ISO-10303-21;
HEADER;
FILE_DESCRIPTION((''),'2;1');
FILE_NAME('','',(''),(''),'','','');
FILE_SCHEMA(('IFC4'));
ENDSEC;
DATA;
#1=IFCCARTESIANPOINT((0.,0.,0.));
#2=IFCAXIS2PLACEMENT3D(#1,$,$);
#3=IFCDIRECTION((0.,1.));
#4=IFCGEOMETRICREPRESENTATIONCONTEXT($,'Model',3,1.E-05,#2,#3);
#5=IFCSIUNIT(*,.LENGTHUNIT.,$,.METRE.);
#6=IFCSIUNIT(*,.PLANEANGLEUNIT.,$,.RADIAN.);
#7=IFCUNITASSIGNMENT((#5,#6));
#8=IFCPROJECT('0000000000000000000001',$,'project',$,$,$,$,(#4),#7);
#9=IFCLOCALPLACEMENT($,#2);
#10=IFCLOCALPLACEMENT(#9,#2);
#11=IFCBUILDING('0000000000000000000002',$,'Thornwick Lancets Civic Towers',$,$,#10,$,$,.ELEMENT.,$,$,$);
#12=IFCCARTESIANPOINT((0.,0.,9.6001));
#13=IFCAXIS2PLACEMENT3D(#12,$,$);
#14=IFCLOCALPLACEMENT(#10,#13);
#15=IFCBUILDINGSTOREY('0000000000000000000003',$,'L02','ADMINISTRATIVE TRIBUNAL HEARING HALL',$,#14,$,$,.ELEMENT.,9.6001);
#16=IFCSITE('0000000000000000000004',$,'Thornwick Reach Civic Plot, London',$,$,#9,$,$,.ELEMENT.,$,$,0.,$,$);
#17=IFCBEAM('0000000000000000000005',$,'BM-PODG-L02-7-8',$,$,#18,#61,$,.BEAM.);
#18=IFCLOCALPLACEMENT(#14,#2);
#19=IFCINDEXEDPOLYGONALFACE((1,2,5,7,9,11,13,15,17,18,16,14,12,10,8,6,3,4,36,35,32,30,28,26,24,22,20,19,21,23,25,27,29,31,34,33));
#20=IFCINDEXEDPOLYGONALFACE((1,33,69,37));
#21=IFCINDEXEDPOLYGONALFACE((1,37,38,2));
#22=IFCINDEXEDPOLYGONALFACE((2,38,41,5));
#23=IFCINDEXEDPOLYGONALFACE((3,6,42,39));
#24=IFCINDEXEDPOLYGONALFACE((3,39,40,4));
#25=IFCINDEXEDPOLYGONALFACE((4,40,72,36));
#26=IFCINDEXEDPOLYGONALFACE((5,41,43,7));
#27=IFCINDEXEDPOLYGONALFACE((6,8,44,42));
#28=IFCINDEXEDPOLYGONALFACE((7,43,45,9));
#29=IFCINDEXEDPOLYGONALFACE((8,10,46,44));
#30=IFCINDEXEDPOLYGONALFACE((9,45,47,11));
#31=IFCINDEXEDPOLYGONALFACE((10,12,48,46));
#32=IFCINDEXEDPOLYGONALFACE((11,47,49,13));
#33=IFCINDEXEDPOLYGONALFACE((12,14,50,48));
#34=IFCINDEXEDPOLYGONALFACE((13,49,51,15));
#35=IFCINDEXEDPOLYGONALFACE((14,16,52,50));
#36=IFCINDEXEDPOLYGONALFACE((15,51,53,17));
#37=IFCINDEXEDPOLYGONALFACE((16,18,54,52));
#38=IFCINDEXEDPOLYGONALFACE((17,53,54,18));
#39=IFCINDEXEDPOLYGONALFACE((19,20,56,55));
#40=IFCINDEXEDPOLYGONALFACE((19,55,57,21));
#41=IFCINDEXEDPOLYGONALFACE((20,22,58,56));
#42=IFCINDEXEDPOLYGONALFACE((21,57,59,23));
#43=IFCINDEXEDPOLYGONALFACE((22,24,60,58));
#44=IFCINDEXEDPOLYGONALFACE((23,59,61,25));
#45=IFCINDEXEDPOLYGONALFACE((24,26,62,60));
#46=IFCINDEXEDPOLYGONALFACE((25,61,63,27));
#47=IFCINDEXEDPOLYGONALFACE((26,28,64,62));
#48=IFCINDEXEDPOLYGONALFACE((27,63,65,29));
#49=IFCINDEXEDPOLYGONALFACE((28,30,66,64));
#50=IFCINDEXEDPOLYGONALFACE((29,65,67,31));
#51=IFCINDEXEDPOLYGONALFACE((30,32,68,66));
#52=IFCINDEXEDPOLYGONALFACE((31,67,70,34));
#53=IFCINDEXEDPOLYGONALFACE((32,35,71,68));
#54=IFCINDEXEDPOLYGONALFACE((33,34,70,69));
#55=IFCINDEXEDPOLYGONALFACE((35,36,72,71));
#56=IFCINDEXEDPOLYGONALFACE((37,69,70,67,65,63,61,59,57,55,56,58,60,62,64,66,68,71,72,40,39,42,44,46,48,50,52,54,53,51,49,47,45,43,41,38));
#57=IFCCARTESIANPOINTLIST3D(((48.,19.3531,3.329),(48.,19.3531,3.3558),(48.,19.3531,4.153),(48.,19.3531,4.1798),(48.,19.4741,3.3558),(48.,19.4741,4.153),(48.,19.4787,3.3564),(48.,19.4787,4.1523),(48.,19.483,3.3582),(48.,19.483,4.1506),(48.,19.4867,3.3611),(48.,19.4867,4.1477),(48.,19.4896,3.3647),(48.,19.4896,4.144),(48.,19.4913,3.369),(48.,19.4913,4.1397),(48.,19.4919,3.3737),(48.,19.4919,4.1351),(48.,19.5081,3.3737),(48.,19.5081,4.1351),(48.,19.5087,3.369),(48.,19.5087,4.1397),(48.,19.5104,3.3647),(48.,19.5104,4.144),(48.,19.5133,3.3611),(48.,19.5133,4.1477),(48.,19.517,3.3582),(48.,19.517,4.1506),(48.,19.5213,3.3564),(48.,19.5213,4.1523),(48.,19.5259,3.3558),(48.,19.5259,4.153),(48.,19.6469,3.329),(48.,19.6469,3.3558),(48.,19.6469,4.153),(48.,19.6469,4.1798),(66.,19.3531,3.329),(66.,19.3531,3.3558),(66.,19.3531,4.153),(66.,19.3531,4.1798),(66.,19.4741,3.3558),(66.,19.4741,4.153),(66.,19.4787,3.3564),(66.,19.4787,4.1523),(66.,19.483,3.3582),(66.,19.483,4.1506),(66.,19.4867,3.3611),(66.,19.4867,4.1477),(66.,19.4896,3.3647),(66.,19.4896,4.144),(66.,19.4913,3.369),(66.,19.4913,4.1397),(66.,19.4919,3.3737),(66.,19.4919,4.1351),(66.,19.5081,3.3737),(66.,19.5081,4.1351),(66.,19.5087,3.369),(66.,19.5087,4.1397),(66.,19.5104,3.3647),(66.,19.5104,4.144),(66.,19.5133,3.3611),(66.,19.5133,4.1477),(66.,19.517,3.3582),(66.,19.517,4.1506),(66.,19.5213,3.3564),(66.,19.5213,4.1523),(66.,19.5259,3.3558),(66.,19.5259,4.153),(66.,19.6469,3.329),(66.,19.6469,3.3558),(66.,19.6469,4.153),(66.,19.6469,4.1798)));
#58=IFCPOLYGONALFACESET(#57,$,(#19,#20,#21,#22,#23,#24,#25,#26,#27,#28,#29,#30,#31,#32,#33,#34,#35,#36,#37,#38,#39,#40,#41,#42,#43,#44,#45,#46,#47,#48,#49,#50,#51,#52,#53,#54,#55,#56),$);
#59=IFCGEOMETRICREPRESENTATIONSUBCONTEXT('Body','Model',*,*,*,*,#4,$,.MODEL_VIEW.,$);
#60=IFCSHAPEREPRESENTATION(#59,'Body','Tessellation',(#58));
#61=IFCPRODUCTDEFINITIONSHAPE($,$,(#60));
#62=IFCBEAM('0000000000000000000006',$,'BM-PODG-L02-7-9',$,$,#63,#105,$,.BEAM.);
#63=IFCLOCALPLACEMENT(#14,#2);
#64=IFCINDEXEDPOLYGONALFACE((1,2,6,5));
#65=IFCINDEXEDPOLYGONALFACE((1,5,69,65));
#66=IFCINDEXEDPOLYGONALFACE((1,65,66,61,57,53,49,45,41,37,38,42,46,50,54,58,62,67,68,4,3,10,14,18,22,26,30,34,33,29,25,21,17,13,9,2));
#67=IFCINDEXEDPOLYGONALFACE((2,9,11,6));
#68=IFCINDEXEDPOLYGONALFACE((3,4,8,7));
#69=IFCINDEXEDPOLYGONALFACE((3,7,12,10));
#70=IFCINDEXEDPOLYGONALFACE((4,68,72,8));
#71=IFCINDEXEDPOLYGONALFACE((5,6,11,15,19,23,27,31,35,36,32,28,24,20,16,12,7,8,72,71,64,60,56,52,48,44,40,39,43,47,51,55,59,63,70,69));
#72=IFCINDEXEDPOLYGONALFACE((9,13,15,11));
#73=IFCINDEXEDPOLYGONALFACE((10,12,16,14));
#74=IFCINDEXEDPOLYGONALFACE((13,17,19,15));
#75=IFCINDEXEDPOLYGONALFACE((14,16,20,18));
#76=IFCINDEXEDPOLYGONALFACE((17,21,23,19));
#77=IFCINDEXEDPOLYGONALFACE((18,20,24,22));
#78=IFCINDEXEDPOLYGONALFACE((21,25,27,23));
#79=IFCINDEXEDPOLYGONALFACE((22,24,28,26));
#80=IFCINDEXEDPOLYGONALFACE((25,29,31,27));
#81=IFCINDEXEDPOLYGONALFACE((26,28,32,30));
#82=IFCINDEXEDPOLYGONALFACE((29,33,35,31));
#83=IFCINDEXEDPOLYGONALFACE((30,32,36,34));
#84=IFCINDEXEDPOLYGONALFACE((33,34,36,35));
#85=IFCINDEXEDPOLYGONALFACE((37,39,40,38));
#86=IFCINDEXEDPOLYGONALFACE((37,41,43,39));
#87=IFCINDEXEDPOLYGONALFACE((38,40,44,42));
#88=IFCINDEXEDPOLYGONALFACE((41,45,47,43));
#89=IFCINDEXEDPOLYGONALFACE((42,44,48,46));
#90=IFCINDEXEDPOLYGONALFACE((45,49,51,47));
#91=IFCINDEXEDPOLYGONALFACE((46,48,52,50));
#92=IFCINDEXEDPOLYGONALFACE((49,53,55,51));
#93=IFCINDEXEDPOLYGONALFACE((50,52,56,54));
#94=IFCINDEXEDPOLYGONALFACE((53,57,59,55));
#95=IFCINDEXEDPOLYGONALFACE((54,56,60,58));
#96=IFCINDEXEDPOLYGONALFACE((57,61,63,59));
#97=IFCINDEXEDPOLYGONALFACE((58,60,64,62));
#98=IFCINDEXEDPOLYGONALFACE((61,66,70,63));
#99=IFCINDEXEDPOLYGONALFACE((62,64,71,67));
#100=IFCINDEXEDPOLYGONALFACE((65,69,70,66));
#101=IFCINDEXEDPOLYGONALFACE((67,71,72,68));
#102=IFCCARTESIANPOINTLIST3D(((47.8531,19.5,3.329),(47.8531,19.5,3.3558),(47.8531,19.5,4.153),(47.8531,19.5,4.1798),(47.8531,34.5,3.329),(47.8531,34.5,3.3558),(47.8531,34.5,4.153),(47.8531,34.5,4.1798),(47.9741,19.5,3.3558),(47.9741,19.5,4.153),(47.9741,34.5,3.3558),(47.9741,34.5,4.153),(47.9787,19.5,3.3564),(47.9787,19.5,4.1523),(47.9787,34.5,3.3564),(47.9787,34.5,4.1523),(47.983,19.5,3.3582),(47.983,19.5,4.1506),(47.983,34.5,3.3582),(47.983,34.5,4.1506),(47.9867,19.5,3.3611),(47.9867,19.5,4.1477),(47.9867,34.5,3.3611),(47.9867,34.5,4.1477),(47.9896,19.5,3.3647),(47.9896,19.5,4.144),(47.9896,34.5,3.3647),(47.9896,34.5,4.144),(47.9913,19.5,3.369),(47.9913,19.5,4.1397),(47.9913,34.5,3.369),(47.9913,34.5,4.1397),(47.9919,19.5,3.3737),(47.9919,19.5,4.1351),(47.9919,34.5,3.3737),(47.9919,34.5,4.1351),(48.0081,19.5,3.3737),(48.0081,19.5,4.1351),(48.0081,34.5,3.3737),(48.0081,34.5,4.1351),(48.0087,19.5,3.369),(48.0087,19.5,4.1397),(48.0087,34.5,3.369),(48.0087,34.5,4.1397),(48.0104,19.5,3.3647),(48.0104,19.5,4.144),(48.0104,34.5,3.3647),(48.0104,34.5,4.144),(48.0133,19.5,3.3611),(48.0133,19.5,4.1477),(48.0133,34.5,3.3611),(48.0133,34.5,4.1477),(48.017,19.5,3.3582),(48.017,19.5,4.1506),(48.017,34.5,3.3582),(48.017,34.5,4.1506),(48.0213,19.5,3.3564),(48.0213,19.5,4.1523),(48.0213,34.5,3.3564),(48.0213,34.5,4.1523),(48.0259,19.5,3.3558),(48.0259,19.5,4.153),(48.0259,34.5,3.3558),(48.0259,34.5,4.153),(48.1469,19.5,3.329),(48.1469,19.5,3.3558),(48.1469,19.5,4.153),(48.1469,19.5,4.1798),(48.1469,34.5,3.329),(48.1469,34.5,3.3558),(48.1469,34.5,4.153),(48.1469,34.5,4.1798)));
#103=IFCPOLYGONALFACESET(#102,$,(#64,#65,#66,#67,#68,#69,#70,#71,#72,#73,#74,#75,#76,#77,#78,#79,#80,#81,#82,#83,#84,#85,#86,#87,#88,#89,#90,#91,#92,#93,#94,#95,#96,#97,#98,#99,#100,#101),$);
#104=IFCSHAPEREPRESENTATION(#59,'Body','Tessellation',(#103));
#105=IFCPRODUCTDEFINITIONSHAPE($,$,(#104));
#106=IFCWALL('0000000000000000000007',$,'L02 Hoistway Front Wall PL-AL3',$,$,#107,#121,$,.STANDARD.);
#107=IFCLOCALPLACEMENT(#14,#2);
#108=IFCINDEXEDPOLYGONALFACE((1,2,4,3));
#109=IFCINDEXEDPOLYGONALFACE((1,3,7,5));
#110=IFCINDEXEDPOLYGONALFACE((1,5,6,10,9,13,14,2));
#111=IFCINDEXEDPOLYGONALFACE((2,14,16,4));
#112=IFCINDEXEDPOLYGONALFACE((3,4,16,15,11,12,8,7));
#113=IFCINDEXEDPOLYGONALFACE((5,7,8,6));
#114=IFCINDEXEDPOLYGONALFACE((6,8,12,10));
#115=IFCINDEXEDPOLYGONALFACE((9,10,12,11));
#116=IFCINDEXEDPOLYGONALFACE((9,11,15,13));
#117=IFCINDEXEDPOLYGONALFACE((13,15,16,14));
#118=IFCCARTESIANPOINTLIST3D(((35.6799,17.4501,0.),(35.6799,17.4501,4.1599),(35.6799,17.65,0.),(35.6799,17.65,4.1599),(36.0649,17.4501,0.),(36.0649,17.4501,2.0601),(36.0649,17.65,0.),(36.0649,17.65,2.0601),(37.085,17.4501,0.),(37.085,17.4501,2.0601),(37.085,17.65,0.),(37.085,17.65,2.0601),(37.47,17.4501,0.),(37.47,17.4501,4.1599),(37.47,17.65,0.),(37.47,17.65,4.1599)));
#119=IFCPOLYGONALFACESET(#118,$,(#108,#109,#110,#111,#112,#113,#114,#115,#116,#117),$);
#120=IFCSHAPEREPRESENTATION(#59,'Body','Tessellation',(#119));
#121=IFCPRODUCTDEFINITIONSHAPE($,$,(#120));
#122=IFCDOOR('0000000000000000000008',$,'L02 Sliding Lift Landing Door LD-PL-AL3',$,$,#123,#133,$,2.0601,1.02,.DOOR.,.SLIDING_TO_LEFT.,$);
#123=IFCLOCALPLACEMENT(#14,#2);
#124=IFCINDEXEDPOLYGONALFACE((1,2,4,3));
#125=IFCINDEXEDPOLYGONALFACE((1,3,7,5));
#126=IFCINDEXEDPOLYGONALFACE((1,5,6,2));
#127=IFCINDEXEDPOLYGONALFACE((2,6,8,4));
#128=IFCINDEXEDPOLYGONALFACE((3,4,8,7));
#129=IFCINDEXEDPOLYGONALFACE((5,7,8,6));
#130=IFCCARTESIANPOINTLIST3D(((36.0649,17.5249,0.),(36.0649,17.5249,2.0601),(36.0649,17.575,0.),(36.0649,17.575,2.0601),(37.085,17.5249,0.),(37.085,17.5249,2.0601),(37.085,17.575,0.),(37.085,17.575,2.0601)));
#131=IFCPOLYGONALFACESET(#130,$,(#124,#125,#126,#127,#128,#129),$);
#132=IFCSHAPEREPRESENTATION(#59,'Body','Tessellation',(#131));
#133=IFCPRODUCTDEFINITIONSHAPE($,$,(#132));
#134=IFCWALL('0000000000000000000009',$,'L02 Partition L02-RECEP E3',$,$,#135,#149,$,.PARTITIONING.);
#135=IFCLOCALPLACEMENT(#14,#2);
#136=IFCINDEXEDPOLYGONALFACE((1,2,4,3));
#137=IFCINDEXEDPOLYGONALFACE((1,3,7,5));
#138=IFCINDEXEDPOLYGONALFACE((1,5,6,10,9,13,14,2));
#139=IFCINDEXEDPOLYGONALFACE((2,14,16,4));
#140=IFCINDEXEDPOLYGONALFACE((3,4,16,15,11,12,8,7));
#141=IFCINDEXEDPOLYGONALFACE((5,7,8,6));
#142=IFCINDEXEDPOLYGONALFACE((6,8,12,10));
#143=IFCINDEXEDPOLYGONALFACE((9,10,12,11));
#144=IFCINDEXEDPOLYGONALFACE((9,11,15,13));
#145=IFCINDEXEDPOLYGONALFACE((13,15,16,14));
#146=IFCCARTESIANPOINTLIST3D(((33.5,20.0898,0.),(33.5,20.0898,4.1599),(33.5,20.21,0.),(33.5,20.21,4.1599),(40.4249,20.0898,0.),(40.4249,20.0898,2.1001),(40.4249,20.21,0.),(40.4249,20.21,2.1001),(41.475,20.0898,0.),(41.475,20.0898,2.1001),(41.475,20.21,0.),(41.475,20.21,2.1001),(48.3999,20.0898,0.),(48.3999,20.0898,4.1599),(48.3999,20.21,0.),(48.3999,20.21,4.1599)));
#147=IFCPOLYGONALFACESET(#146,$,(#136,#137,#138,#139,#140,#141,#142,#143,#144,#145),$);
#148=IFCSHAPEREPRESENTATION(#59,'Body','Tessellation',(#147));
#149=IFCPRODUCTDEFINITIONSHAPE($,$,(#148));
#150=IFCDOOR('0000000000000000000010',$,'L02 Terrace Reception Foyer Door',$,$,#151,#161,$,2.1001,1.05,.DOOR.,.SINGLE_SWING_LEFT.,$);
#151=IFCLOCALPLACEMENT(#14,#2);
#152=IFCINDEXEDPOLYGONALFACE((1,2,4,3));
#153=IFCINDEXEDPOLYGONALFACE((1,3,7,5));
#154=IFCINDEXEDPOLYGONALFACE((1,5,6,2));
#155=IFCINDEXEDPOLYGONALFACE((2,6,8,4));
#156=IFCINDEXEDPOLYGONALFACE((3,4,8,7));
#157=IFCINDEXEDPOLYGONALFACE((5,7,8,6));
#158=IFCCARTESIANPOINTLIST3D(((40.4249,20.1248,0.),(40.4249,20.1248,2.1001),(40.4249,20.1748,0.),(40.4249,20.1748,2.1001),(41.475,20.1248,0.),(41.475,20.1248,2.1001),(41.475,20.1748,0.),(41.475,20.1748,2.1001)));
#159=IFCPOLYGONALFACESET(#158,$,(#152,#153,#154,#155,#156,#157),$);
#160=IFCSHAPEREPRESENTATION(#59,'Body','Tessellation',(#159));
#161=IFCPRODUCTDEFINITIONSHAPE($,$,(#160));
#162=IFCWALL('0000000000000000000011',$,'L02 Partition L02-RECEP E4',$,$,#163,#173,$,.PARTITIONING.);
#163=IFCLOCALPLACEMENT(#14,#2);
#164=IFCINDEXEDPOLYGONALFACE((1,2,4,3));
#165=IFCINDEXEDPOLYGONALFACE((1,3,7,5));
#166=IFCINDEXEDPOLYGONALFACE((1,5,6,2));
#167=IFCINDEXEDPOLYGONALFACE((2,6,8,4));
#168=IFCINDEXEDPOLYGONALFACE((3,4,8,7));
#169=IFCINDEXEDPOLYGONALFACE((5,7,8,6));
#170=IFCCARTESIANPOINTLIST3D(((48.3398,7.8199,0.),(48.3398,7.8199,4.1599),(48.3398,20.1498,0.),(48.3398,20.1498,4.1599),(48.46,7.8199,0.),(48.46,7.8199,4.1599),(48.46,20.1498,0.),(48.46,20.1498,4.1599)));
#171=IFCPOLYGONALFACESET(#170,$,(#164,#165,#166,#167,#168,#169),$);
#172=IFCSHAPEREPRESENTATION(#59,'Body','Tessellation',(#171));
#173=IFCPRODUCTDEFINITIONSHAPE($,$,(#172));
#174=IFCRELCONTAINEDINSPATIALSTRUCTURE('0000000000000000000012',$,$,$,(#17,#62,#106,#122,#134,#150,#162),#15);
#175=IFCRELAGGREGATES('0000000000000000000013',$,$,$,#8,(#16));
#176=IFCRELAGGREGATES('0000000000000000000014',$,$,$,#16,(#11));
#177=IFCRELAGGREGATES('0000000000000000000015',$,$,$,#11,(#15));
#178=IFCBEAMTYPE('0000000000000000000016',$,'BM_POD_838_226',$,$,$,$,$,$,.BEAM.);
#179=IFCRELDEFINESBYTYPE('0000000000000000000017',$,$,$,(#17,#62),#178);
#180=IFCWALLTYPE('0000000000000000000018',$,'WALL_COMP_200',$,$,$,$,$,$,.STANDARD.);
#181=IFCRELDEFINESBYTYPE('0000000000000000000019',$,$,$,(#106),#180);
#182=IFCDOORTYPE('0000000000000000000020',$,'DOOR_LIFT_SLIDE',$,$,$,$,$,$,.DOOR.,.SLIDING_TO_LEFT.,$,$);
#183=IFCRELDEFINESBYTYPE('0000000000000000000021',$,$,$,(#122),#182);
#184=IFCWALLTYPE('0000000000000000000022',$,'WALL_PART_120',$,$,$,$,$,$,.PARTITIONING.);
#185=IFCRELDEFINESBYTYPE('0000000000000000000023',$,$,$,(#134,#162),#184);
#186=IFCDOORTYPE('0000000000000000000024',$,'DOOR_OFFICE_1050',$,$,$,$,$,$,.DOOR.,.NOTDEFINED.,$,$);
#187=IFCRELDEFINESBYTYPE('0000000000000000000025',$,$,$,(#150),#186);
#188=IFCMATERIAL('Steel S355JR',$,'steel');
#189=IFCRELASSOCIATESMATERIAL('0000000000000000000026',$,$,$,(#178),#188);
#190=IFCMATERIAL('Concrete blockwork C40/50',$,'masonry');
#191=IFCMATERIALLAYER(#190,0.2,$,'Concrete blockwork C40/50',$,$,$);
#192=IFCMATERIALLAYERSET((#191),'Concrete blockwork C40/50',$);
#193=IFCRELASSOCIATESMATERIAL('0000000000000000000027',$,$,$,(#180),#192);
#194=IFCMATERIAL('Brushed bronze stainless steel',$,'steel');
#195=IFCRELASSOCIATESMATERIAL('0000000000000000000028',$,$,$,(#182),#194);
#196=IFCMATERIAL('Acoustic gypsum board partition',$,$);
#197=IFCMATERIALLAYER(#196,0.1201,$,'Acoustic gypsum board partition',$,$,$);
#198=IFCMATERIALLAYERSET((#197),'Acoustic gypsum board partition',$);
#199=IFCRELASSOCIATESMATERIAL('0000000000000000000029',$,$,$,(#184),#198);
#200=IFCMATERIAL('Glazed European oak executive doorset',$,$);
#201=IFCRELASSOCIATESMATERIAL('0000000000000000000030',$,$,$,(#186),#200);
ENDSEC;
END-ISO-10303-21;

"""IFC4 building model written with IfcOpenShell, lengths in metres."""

from ifc_helpers import new_model, si_unit, direction, frame, frame_2d, origin, origin_2d, place, context, subcontext, project, spatial, rectangle, i_section, extrude, material, layer, layer_set, material_profile, profile_set, type_object, element, fill, save


model = new_model("IFC4")

# Units and contexts
model_context = context("Model", 3, precision=1e-05, world=origin(), true_north=direction((0.0, 1.0)))
body_context = subcontext(model_context, "Body", "Model", "MODEL_VIEW")
ifc_project = project(units=[si_unit("LENGTHUNIT", "METRE"), si_unit("PLANEANGLEUNIT", "RADIAN")], contexts=[model_context])

# Site, building, storey
site_placement = place(None, origin())
site = spatial("IfcSite", under=ifc_project, at=site_placement, Name="Thornwick Reach Civic Plot, London", CompositionType="ELEMENT", RefElevation=0.0)
building_placement = place(site_placement, origin())
building = spatial("IfcBuilding", under=site, at=building_placement, Name="Thornwick Lancets Civic Towers", CompositionType="ELEMENT")
storey_placement = place(building_placement, frame((0.0, 0.0, 9.6001)))
storey = spatial("IfcBuildingStorey", under=building, at=storey_placement, Name="L02", Description="ADMINISTRATIVE TRIBUNAL HEARING HALL", CompositionType="ELEMENT", Elevation=9.6001)

# Beams
ifc_material_1 = material(Name="Steel S355JR", Category="steel")
ifc_material_profile_1 = material_profile(ifc_material_1, i_section(OverallWidth=0.2937, OverallDepth=0.8508, WebThickness=0.0161, FlangeThickness=0.0269, FilletRadius=0.0178, at=origin_2d()), Name="UKB 838x292x226")
ifc_profile_set_1 = profile_set([ifc_material_profile_1], Name="Steel S355JR")
beam_type_1 = type_object("IfcBeamType", Name="BM_POD_838_226", PredefinedType="BEAM", material=ifc_profile_set_1)
beam_1_placement = place(storey_placement, frame((48.0, 19.5, 3.7544), z_axis=(1.0, 0.0, 0.0), x_axis=(0.0, 1.0, 0.0)))
element("IfcBeam", 1, at=beam_1_placement, inside=storey, type_object=beam_type_1, Name="BM-PODG-L02-7-8", PredefinedType="BEAM", context=body_context, shape_type="SweptSolid", body=[
    extrude(i_section(OverallWidth=0.2937, OverallDepth=0.8508, WebThickness=0.0161, FlangeThickness=0.0269, FilletRadius=0.0178, at=origin_2d()), origin(), (0.0, 0.0, 1.0), 18.0),
])
beam_2_placement = place(storey_placement, frame((48.0, 19.5, 3.7544), z_axis=(0.0, 1.0, 0.0), x_axis=(-1.0, 0.0, 0.0)))
element("IfcBeam", 2, at=beam_2_placement, inside=storey, type_object=beam_type_1, Name="BM-PODG-L02-7-9", PredefinedType="BEAM", context=body_context, shape_type="SweptSolid", body=[
    extrude(i_section(OverallWidth=0.2937, OverallDepth=0.8508, WebThickness=0.0161, FlangeThickness=0.0269, FilletRadius=0.0178, at=origin_2d()), origin(), (0.0, 0.0, 1.0), 15.0),
])

# Walls, openings, doors
ifc_material_2 = material(Name="Concrete blockwork C40/50", Category="masonry")
ifc_layer_1 = layer(ifc_material_2, 0.2, Name="Concrete blockwork C40/50")
ifc_layer_set_1 = layer_set([ifc_layer_1], Name="Concrete blockwork C40/50")
wall_type_1 = type_object("IfcWallType", Name="WALL_COMP_200", PredefinedType="STANDARD", material=ifc_layer_set_1)
wall_1_placement = place(storey_placement, frame((35.6799, 17.55, 0.0), z_axis=(0.0, 0.0, 1.0), x_axis=(1.0, 0.0, 0.0)))
wall_1 = element("IfcWall", 3, at=wall_1_placement, inside=storey, type_object=wall_type_1, Name="L02 Hoistway Front Wall PL-AL3", PredefinedType="STANDARD", context=body_context, shape_type="SweptSolid", body=[
    extrude(rectangle(XDim=1.79, YDim=0.2, at=frame_2d((0.895, 0.0))), origin(), (0.0, 0.0, 1.0), 4.1599),
])
opening_1_placement = place(wall_1_placement, frame((0.385, 0.0, 0.0)))
opening_1 = element("IfcOpeningElement", 4, at=opening_1_placement, cuts=wall_1, PredefinedType="OPENING", context=body_context, shape_type="SweptSolid", body=[
    extrude(rectangle(XDim=1.02, YDim=2.0601, at=frame_2d((0.51, 1.03))), frame((0.0, 0.1099, 0.0), z_axis=(0.0, -1.0, 0.0), x_axis=(1.0, 0.0, 0.0)), (0.0, 0.0, 1.0), 0.22),
])
ifc_material_3 = material(Name="Brushed bronze stainless steel", Category="steel")
door_type_1 = type_object("IfcDoorType", Name="DOOR_LIFT_SLIDE", OperationType="SLIDING_TO_LEFT", PredefinedType="DOOR", material=ifc_material_3)
door_1_placement = place(opening_1_placement, origin())
door_1 = element("IfcDoor", 5, at=door_1_placement, inside=storey, type_object=door_type_1, Name="L02 Sliding Lift Landing Door LD-PL-AL3", OperationType="SLIDING_TO_LEFT", OverallHeight=2.0601, OverallWidth=1.02, PredefinedType="DOOR", context=body_context, shape_type="SweptSolid", body=[
    extrude(rectangle(XDim=1.02, YDim=2.0601, at=frame_2d((0.51, 1.03))), frame((0.0, 0.0249, 0.0), z_axis=(0.0, -1.0, 0.0), x_axis=(1.0, 0.0, 0.0)), (0.0, 0.0, 1.0), 0.05),
])
fill(opening_1, door_1)
ifc_material_4 = material(Name="Acoustic gypsum board partition")
ifc_layer_2 = layer(ifc_material_4, 0.1201, Name="Acoustic gypsum board partition")
ifc_layer_set_2 = layer_set([ifc_layer_2], Name="Acoustic gypsum board partition")
wall_type_2 = type_object("IfcWallType", Name="WALL_PART_120", PredefinedType="PARTITIONING", material=ifc_layer_set_2)
wall_2_placement = place(storey_placement, frame((33.5, 20.1499, 0.0), z_axis=(0.0, 0.0, 1.0), x_axis=(1.0, 0.0, 0.0)))
wall_2 = element("IfcWall", 6, at=wall_2_placement, inside=storey, type_object=wall_type_2, Name="L02 Partition L02-RECEP E3", PredefinedType="PARTITIONING", context=body_context, shape_type="SweptSolid", body=[
    extrude(rectangle(XDim=14.8999, YDim=0.1201, at=frame_2d((7.45, 0.0))), origin(), (0.0, 0.0, 1.0), 4.1599),
])
opening_2_placement = place(wall_2_placement, frame((6.925, 0.0, 0.0)))
opening_2 = element("IfcOpeningElement", 7, at=opening_2_placement, cuts=wall_2, PredefinedType="OPENING", context=body_context, shape_type="SweptSolid", body=[
    extrude(rectangle(XDim=1.05, YDim=2.1001, at=frame_2d((0.5249, 1.05))), frame((0.0, 0.0701, 0.0), z_axis=(0.0, -1.0, 0.0), x_axis=(1.0, 0.0, 0.0)), (0.0, 0.0, 1.0), 0.1401),
])
ifc_material_5 = material(Name="Glazed European oak executive doorset")
door_type_2 = type_object("IfcDoorType", Name="DOOR_OFFICE_1050", OperationType="NOTDEFINED", PredefinedType="DOOR", material=ifc_material_5)
door_2_placement = place(opening_2_placement, origin())
door_2 = element("IfcDoor", 8, at=door_2_placement, inside=storey, type_object=door_type_2, Name="L02 Terrace Reception Foyer Door", OperationType="SINGLE_SWING_LEFT", OverallHeight=2.1001, OverallWidth=1.05, PredefinedType="DOOR", context=body_context, shape_type="SweptSolid", body=[
    extrude(rectangle(XDim=1.05, YDim=2.1001, at=frame_2d((0.5249, 1.05))), frame((0.0, 0.0249, 0.0), z_axis=(0.0, -1.0, 0.0), x_axis=(1.0, 0.0, 0.0)), (0.0, 0.0, 1.0), 0.05),
])
fill(opening_2, door_2)

# Wall
wall_3_placement = place(storey_placement, frame((48.3999, 20.1499, 0.0), z_axis=(0.0, 0.0, 1.0), x_axis=(0.0, -1.0, 0.0)))
element("IfcWall", 9, at=wall_3_placement, inside=storey, type_object=wall_type_2, Name="L02 Partition L02-RECEP E4", PredefinedType="PARTITIONING", context=body_context, shape_type="SweptSolid", body=[
    extrude(rectangle(XDim=12.3298, YDim=0.1201, at=frame_2d((6.165, 0.0))), origin(), (0.0, 0.0, 1.0), 4.1599),
])

save(model, "model.ifc")
